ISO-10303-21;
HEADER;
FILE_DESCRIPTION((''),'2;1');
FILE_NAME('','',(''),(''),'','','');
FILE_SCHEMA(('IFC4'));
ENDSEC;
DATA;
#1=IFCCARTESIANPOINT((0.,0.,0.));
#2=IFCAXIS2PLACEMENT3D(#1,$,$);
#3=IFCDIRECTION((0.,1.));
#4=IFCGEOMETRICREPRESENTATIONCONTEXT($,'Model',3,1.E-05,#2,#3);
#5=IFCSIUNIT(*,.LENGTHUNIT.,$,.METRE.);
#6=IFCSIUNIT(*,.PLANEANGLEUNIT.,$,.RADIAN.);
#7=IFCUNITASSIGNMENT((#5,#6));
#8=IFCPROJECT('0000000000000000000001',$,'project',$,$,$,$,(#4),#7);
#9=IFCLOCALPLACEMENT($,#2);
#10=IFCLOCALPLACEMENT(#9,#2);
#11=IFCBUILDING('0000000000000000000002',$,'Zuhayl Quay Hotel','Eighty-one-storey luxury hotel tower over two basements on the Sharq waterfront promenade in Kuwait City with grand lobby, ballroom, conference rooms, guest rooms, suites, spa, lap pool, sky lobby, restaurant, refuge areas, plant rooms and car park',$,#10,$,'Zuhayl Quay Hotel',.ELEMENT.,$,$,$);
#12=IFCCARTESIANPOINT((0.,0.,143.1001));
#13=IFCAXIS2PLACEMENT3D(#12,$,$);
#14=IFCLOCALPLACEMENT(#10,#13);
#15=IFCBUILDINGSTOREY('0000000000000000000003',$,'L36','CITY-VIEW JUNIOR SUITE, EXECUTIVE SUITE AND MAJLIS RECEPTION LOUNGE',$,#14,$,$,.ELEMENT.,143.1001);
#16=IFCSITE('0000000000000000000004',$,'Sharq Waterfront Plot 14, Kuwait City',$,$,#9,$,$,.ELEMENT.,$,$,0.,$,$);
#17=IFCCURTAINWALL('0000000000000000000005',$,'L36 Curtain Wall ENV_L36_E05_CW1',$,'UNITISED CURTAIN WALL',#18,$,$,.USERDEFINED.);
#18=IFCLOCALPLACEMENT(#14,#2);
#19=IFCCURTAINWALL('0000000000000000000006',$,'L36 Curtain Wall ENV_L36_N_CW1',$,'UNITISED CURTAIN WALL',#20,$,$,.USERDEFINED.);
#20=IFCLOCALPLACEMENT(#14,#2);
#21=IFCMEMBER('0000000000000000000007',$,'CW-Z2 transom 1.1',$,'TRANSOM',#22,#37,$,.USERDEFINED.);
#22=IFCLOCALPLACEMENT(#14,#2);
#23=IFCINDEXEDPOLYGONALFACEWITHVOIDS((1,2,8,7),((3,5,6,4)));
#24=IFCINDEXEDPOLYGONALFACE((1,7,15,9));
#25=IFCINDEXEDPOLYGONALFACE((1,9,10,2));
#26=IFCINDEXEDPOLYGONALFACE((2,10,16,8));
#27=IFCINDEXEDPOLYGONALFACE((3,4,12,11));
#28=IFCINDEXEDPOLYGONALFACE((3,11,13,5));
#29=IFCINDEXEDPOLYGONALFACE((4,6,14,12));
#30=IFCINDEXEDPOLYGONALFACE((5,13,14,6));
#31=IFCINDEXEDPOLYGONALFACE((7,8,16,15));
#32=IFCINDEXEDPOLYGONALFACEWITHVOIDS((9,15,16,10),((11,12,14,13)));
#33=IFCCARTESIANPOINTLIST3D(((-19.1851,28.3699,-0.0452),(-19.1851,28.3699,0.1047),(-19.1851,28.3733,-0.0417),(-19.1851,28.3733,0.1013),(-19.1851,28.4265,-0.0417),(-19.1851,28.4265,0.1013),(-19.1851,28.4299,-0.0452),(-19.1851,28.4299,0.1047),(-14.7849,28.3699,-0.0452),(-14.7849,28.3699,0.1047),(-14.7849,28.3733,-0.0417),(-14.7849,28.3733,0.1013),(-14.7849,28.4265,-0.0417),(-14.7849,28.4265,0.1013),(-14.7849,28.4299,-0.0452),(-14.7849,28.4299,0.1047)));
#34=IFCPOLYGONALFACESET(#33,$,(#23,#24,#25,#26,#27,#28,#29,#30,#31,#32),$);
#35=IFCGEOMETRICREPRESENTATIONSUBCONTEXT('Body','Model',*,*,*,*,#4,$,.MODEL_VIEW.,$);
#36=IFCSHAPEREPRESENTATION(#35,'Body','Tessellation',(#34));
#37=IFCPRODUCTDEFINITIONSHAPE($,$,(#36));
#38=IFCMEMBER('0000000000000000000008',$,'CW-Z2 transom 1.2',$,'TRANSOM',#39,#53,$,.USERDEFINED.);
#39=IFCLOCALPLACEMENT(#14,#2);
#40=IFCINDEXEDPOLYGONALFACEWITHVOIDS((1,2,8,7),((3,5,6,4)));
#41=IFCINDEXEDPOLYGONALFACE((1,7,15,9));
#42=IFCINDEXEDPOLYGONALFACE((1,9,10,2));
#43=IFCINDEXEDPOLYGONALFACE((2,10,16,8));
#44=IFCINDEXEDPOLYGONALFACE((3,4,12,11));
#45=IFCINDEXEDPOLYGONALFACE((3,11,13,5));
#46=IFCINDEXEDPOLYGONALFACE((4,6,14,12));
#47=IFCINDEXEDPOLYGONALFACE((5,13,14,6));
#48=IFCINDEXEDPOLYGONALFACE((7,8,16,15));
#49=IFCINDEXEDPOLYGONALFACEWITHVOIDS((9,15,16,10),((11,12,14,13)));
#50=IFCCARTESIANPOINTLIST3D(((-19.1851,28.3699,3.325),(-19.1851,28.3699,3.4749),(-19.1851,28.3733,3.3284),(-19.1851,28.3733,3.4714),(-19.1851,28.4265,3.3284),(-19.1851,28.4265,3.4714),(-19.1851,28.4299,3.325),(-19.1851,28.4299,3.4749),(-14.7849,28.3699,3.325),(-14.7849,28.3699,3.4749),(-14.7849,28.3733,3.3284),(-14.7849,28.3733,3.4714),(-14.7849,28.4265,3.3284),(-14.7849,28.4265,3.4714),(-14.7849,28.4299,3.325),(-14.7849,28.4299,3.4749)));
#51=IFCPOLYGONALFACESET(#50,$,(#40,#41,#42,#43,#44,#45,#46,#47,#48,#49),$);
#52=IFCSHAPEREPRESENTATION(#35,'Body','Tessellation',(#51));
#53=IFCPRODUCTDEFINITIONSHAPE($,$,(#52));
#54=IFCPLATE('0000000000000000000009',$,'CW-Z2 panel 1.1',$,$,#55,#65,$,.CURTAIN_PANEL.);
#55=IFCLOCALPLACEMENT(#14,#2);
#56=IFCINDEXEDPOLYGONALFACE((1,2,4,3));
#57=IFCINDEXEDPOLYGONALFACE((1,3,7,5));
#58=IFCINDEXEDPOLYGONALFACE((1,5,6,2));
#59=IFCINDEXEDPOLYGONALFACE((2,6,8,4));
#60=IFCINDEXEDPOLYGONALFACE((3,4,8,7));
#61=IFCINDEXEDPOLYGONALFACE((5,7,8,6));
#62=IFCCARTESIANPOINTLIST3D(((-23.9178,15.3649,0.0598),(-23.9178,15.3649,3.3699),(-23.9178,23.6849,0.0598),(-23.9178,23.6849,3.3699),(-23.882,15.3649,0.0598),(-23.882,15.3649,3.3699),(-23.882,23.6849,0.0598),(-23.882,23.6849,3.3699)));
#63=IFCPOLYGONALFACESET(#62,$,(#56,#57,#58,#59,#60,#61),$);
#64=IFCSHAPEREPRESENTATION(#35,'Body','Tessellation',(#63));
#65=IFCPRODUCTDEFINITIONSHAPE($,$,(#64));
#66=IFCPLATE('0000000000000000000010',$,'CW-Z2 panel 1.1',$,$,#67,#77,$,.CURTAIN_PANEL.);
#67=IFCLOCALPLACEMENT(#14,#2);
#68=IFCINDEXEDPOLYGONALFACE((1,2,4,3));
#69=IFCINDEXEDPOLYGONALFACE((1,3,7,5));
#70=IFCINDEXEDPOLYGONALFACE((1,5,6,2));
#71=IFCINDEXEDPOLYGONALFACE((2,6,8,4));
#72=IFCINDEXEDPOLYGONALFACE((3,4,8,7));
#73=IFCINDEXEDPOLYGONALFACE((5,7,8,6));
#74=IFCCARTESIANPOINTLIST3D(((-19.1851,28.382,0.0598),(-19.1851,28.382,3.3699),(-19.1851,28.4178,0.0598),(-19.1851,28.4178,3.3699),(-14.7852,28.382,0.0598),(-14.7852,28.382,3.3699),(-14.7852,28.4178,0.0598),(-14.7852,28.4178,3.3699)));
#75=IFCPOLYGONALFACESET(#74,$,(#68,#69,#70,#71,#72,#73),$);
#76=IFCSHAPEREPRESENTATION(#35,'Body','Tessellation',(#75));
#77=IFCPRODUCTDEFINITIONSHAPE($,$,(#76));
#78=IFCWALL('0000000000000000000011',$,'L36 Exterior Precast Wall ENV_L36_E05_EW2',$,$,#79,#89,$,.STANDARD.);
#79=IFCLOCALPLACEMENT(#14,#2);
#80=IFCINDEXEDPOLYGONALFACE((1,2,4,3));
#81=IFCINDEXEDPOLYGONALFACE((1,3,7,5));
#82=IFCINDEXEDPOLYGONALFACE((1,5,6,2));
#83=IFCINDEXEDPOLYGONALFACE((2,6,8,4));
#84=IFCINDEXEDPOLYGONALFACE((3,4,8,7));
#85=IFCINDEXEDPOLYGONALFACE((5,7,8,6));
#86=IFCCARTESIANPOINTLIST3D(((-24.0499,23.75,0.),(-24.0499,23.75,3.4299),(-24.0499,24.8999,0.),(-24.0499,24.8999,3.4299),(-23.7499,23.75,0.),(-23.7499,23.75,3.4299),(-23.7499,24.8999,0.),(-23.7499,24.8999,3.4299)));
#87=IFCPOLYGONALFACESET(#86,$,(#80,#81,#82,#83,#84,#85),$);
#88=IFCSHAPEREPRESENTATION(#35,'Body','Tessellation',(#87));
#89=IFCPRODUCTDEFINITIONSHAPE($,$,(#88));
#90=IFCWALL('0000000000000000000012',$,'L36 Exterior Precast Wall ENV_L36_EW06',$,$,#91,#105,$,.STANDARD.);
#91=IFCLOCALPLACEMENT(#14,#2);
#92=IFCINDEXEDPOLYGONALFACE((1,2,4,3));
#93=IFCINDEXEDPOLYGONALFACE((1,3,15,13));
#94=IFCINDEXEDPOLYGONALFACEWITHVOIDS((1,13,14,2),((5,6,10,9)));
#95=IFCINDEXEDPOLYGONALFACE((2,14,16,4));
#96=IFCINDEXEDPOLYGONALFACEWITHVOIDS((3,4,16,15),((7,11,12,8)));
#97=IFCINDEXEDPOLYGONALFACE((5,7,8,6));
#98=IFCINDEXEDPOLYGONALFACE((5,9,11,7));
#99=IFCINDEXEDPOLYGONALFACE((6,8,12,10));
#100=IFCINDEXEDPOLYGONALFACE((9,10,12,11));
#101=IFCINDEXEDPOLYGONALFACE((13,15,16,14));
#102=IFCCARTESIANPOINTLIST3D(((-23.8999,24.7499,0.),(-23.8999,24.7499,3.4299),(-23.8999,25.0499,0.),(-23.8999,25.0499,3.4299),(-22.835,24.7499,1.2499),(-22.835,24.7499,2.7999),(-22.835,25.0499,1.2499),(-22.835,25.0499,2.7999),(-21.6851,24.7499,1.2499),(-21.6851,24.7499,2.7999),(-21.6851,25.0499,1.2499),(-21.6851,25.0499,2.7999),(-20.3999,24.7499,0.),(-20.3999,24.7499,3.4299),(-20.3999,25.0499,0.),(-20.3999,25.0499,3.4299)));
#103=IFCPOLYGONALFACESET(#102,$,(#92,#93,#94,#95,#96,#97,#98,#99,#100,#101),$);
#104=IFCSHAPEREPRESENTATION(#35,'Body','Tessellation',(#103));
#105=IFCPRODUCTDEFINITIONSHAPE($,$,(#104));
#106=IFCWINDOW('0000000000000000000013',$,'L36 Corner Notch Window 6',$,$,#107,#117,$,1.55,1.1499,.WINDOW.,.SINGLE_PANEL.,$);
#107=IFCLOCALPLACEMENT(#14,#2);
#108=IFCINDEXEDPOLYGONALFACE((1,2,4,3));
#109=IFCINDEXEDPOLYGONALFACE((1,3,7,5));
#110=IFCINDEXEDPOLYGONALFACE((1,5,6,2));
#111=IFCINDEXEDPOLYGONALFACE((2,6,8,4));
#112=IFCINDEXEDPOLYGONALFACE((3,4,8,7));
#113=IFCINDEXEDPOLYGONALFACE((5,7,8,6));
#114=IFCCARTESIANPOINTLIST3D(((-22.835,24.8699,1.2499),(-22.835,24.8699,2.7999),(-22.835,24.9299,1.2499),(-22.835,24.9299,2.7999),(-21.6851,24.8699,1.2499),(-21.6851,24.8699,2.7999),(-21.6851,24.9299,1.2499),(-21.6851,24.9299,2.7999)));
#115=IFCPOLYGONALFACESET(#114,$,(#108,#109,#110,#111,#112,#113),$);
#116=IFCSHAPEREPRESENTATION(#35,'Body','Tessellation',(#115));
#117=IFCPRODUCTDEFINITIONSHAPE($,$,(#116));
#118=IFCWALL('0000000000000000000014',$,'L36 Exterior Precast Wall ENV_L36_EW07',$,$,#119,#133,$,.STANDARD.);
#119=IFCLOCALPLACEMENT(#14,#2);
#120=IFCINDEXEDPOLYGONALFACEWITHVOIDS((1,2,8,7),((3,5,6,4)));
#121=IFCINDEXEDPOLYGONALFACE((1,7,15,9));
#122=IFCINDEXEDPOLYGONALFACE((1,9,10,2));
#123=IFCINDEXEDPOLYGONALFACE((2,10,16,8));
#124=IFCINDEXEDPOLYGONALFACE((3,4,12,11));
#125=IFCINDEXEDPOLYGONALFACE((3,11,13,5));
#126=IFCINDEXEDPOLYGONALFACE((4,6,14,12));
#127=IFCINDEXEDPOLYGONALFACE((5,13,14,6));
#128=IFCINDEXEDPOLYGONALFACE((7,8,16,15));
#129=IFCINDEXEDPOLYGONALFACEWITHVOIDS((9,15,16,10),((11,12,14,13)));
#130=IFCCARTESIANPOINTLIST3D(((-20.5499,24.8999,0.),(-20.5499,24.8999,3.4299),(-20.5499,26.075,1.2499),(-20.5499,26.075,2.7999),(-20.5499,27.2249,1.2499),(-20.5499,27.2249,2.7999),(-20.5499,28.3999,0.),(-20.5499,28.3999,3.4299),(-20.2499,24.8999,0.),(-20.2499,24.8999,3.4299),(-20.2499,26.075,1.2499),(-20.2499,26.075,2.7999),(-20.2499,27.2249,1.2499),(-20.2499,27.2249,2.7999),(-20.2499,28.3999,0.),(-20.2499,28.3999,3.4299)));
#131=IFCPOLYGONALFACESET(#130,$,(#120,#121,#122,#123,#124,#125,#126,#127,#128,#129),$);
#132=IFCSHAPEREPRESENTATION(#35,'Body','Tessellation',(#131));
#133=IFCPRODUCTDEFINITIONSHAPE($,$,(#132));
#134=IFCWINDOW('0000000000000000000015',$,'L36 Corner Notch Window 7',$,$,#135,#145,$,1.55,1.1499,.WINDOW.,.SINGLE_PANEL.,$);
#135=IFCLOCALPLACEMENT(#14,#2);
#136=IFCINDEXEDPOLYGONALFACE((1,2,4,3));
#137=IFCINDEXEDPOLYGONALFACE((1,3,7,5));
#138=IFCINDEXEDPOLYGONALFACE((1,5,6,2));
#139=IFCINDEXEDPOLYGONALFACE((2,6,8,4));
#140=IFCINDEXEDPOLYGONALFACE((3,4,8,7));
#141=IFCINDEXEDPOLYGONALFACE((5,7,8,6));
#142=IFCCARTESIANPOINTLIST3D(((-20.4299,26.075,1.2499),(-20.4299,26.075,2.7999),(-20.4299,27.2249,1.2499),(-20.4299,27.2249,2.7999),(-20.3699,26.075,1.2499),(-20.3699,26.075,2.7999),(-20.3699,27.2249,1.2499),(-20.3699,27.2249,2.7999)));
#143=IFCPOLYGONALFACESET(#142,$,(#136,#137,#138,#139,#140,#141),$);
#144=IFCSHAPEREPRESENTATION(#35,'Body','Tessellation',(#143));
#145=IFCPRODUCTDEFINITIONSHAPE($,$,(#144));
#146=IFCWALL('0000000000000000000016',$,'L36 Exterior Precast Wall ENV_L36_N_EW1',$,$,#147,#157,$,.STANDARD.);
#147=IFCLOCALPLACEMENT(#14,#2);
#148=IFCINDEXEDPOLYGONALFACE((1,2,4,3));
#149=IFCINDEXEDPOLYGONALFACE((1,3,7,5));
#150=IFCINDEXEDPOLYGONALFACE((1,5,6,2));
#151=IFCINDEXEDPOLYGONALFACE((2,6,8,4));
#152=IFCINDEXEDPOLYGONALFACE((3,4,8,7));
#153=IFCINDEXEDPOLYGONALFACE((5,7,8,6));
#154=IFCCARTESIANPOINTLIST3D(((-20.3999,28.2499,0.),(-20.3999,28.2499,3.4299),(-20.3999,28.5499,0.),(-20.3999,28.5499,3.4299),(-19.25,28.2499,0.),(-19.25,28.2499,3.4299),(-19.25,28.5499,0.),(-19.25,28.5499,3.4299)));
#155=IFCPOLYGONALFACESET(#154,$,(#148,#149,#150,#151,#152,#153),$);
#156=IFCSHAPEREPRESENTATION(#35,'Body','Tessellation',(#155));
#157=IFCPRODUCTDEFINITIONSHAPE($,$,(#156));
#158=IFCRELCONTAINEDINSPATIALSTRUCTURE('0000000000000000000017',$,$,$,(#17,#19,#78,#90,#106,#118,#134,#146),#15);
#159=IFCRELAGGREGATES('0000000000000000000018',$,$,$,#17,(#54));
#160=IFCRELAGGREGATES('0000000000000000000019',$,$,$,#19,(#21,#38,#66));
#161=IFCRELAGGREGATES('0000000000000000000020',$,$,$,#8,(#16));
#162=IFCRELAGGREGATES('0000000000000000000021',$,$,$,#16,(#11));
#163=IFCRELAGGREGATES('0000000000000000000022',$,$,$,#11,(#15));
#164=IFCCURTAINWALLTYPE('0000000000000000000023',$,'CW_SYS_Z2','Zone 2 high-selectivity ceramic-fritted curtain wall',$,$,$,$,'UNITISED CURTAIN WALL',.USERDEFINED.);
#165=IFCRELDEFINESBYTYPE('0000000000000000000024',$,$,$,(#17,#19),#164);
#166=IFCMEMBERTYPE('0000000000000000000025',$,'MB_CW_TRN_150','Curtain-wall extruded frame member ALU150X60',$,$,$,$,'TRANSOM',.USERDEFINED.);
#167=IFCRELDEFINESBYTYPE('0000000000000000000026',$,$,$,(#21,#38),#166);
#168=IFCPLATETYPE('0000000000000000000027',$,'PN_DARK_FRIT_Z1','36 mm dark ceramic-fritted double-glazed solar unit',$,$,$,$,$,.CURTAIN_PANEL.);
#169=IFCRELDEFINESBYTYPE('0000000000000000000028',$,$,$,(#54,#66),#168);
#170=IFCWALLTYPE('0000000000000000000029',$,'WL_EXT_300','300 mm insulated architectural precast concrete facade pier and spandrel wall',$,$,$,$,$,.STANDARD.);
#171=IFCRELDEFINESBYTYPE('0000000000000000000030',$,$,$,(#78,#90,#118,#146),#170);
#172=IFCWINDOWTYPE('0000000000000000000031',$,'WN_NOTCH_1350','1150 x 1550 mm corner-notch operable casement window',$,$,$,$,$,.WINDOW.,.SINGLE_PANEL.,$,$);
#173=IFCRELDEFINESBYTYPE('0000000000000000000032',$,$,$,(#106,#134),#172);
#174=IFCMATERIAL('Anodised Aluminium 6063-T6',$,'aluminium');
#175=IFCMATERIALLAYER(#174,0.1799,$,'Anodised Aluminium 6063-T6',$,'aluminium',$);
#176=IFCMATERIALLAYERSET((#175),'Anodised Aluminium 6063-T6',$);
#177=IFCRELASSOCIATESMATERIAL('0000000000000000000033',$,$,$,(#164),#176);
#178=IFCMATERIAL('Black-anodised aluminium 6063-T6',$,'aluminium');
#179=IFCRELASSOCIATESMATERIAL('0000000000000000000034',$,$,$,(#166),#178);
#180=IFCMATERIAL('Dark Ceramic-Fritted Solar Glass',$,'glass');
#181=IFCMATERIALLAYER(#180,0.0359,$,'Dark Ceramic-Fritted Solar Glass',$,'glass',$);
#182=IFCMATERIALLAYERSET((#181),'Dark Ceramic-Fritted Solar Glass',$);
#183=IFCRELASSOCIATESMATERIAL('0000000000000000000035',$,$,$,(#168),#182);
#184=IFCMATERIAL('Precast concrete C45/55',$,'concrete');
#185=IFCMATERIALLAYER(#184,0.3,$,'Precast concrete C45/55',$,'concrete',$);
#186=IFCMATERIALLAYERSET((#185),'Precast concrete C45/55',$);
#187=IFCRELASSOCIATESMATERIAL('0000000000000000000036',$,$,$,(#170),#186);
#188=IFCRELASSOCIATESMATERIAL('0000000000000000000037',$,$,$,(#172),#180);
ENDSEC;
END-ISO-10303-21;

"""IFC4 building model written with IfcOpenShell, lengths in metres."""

from ifc_helpers import new_model, si_unit, direction, frame, frame_2d, origin, origin_2d, place, context, subcontext, project, spatial, rectangle, hollow_rectangle, extrude, material, layer, layer_set, material_profile, profile_set, type_object, element, fill, aggregate, save


model = new_model("IFC4")

# Units and contexts
model_context = context("Model", 3, precision=1e-05, world=origin(), true_north=direction((0.0, 1.0)))
body_context = subcontext(model_context, "Body", "Model", "MODEL_VIEW")
ifc_project = project(units=[si_unit("LENGTHUNIT", "METRE"), si_unit("PLANEANGLEUNIT", "RADIAN")], contexts=[model_context])

# Site, building, storey
site_placement = place(None, origin())
site = spatial("IfcSite", under=ifc_project, at=site_placement, Name="Sharq Waterfront Plot 14, Kuwait City", CompositionType="ELEMENT", RefElevation=0.0)
building_placement = place(site_placement, origin())
building = spatial("IfcBuilding", under=site, at=building_placement, Name="Zuhayl Quay Hotel", Description="Eighty-one-storey luxury hotel tower over two basements on the Sharq waterfront promenade in Kuwait City with grand lobby, ballroom, conference rooms, guest rooms, suites, spa, lap pool, sky lobby, restaurant, refuge areas, plant rooms and car park", LongName="Zuhayl Quay Hotel", CompositionType="ELEMENT")
storey_placement = place(building_placement, frame((0.0, 0.0, 143.1001)))
storey = spatial("IfcBuildingStorey", under=building, at=storey_placement, Name="L36", Description="CITY-VIEW JUNIOR SUITE, EXECUTIVE SUITE AND MAJLIS RECEPTION LOUNGE", CompositionType="ELEMENT", Elevation=143.1001)

# Curtain wall
ifc_material_1 = material(Name="Anodised Aluminium 6063-T6", Category="aluminium")
ifc_layer_1 = layer(ifc_material_1, 0.1799, Name="Anodised Aluminium 6063-T6", Category="aluminium")
ifc_layer_set_1 = layer_set([ifc_layer_1], Name="Anodised Aluminium 6063-T6")
curtain_wall_type = type_object("IfcCurtainWallType", Name="CW_SYS_Z2", Description="Zone 2 high-selectivity ceramic-fritted curtain wall", ElementType="UNITISED CURTAIN WALL", PredefinedType="USERDEFINED", material=ifc_layer_set_1)
curtain_wall_1_placement = place(storey_placement, origin())
curtain_wall_1 = element("IfcCurtainWall", 1, at=curtain_wall_1_placement, inside=storey, type_object=curtain_wall_type, Name="L36 Curtain Wall ENV_L36_E05_CW1", ObjectType="UNITISED CURTAIN WALL", PredefinedType="USERDEFINED")
ifc_material_2 = material(Name="Black-anodised aluminium 6063-T6", Category="aluminium")

# Curtain wall
curtain_wall_2_placement = place(storey_placement, origin())
curtain_wall_2 = element("IfcCurtainWall", 2, at=curtain_wall_2_placement, inside=storey, type_object=curtain_wall_type, Name="L36 Curtain Wall ENV_L36_N_CW1", ObjectType="UNITISED CURTAIN WALL", PredefinedType="USERDEFINED")

# Members
ifc_material_profile_1 = material_profile(ifc_material_2, hollow_rectangle(XDim=0.0601, YDim=0.1499, WallThickness=0.0034, at=origin_2d()), Name="ALU150X60")
ifc_profile_set_1 = profile_set([ifc_material_profile_1], Name="Black-anodised aluminium 6063-T6")
member_type_1 = type_object("IfcMemberType", Name="MB_CW_TRN_150", Description="Curtain-wall extruded frame member ALU150X60", ElementType="TRANSOM", PredefinedType="USERDEFINED", material=ifc_profile_set_1)
member_1_placement = place(storey_placement, frame((-19.1851, 28.3999, 0.0298), z_axis=(1.0, 0.0, 0.0), x_axis=(0.0, 1.0, 0.0)))
member_1 = element("IfcMember", 3, at=member_1_placement, type_object=member_type_1, Name="CW-Z2 transom 1.1", ObjectType="TRANSOM", PredefinedType="USERDEFINED", context=body_context, shape_type="SweptSolid", body=[
    extrude(hollow_rectangle(XDim=0.0601, YDim=0.1499, WallThickness=0.0034, at=origin_2d()), origin(), (0.0, 0.0, 1.0), 4.4001),
])
member_2_placement = place(storey_placement, frame((-19.1851, 28.3999, 3.3999), z_axis=(1.0, 0.0, 0.0), x_axis=(0.0, 1.0, 0.0)))
member_2 = element("IfcMember", 4, at=member_2_placement, type_object=member_type_1, Name="CW-Z2 transom 1.2", ObjectType="TRANSOM", PredefinedType="USERDEFINED", context=body_context, shape_type="SweptSolid", body=[
    extrude(hollow_rectangle(XDim=0.0601, YDim=0.1499, WallThickness=0.0034, at=origin_2d()), origin(), (0.0, 0.0, 1.0), 4.4001),
])

# Plates
ifc_material_3 = material(Name="Dark Ceramic-Fritted Solar Glass", Category="glass")
ifc_layer_2 = layer(ifc_material_3, 0.0359, Name="Dark Ceramic-Fritted Solar Glass", Category="glass")
ifc_layer_set_2 = layer_set([ifc_layer_2], Name="Dark Ceramic-Fritted Solar Glass")
plate_type = type_object("IfcPlateType", Name="PN_DARK_FRIT_Z1", Description="36 mm dark ceramic-fritted double-glazed solar unit", PredefinedType="CURTAIN_PANEL", material=ifc_layer_set_2)
plate_1_placement = place(storey_placement, frame((-23.8999, 19.5249, 0.0598), z_axis=(0.0, 0.0, 1.0), x_axis=(0.0, 1.0, 0.0)))
plate_1 = element("IfcPlate", 5, at=plate_1_placement, type_object=plate_type, Name="CW-Z2 panel 1.1", PredefinedType="CURTAIN_PANEL", context=body_context, shape_type="SweptSolid", body=[
    extrude(rectangle(XDim=8.3201, YDim=0.0359, at=origin_2d()), origin(), (0.0, 0.0, 1.0), 3.3101),
])
aggregate(curtain_wall_1, [plate_1])
plate_2_placement = place(storey_placement, frame((-16.9851, 28.3999, 0.0598), z_axis=(0.0, 0.0, 1.0), x_axis=(1.0, 0.0, 0.0)))
plate_2 = element("IfcPlate", 6, at=plate_2_placement, type_object=plate_type, Name="CW-Z2 panel 1.1", PredefinedType="CURTAIN_PANEL", context=body_context, shape_type="SweptSolid", body=[
    extrude(rectangle(XDim=4.3999, YDim=0.0359, at=origin_2d()), origin(), (0.0, 0.0, 1.0), 3.3101),
])
aggregate(curtain_wall_2, [member_1, member_2, plate_2])

# Wall
ifc_material_4 = material(Name="Precast concrete C45/55", Category="concrete")
ifc_layer_3 = layer(ifc_material_4, 0.3, Name="Precast concrete C45/55", Category="concrete")
ifc_layer_set_3 = layer_set([ifc_layer_3], Name="Precast concrete C45/55")
wall_type_1 = type_object("IfcWallType", Name="WL_EXT_300", Description="300 mm insulated architectural precast concrete facade pier and spandrel wall", PredefinedType="STANDARD", material=ifc_layer_set_3)
wall_1_placement = place(storey_placement, frame((-23.8999, 23.75, 0.0), z_axis=(0.0, 0.0, 1.0), x_axis=(0.0, 1.0, 0.0)))
element("IfcWall", 7, at=wall_1_placement, inside=storey, type_object=wall_type_1, Name="L36 Exterior Precast Wall ENV_L36_E05_EW2", PredefinedType="STANDARD", context=body_context, shape_type="SweptSolid", body=[
    extrude(rectangle(XDim=1.1499, YDim=0.3, at=frame_2d((0.575, 0.0))), origin(), (0.0, 0.0, 1.0), 3.4299),
])

# Walls, openings, windows
wall_2_placement = place(storey_placement, frame((-23.8999, 24.8999, 0.0), z_axis=(0.0, 0.0, 1.0), x_axis=(1.0, 0.0, 0.0)))
wall_2 = element("IfcWall", 8, at=wall_2_placement, inside=storey, type_object=wall_type_1, Name="L36 Exterior Precast Wall ENV_L36_EW06", PredefinedType="STANDARD", context=body_context, shape_type="SweptSolid", body=[
    extrude(rectangle(XDim=3.5, YDim=0.3, at=frame_2d((1.75, 0.0))), origin(), (0.0, 0.0, 1.0), 3.4299),
])
opening_1_placement = place(wall_2_placement, frame((1.0649, 0.0, 1.25)))
opening_1 = element("IfcOpeningElement", 9, at=opening_1_placement, cuts=wall_2, PredefinedType="OPENING", context=body_context, shape_type="SweptSolid", body=[
    extrude(rectangle(XDim=1.1499, YDim=1.55, at=frame_2d((0.575, 0.7749))), frame((0.0, 0.1599, 0.0), z_axis=(0.0, -1.0, 0.0), x_axis=(1.0, 0.0, 0.0)), (0.0, 0.0, 1.0), 0.3201),
])
window_type_1 = type_object("IfcWindowType", Name="WN_NOTCH_1350", Description="1150 x 1550 mm corner-notch operable casement window", PartitioningType="SINGLE_PANEL", PredefinedType="WINDOW", material=ifc_material_3)
window_1_placement = place(opening_1_placement, origin())
window_1 = element("IfcWindow", 10, at=window_1_placement, inside=storey, type_object=window_type_1, Name="L36 Corner Notch Window 6", OverallHeight=1.55, OverallWidth=1.1499, PartitioningType="SINGLE_PANEL", PredefinedType="WINDOW", context=body_context, shape_type="SweptSolid", body=[
    extrude(rectangle(XDim=1.1499, YDim=1.55, at=frame_2d((0.575, 0.7749))), frame((0.0, 0.03, 0.0), z_axis=(0.0, -1.0, 0.0), x_axis=(1.0, 0.0, 0.0)), (0.0, 0.0, 1.0), 0.0601),
])
fill(opening_1, window_1)
wall_3_placement = place(storey_placement, frame((-20.3999, 24.8999, 0.0), z_axis=(0.0, 0.0, 1.0), x_axis=(0.0, 1.0, 0.0)))
wall_3 = element("IfcWall", 11, at=wall_3_placement, inside=storey, type_object=wall_type_1, Name="L36 Exterior Precast Wall ENV_L36_EW07", PredefinedType="STANDARD", context=body_context, shape_type="SweptSolid", body=[
    extrude(rectangle(XDim=3.5, YDim=0.3, at=frame_2d((1.75, 0.0))), origin(), (0.0, 0.0, 1.0), 3.4299),
])
opening_2_placement = place(wall_3_placement, frame((1.175, 0.0, 1.25)))
opening_2 = element("IfcOpeningElement", 12, at=opening_2_placement, cuts=wall_3, PredefinedType="OPENING", context=body_context, shape_type="SweptSolid", body=[
    extrude(rectangle(XDim=1.1499, YDim=1.55, at=frame_2d((0.575, 0.7749))), frame((0.0, 0.1599, 0.0), z_axis=(0.0, -1.0, 0.0), x_axis=(1.0, 0.0, 0.0)), (0.0, 0.0, 1.0), 0.3201),
])
window_2_placement = place(opening_2_placement, origin())
window_2 = element("IfcWindow", 13, at=window_2_placement, inside=storey, type_object=window_type_1, Name="L36 Corner Notch Window 7", OverallHeight=1.55, OverallWidth=1.1499, PartitioningType="SINGLE_PANEL", PredefinedType="WINDOW", context=body_context, shape_type="SweptSolid", body=[
    extrude(rectangle(XDim=1.1499, YDim=1.55, at=frame_2d((0.575, 0.7749))), frame((0.0, 0.03, 0.0), z_axis=(0.0, -1.0, 0.0), x_axis=(1.0, 0.0, 0.0)), (0.0, 0.0, 1.0), 0.0601),
])
fill(opening_2, window_2)

# Wall
wall_4_placement = place(storey_placement, frame((-20.3999, 28.3999, 0.0), z_axis=(0.0, 0.0, 1.0), x_axis=(1.0, 0.0, 0.0)))
element("IfcWall", 14, at=wall_4_placement, inside=storey, type_object=wall_type_1, Name="L36 Exterior Precast Wall ENV_L36_N_EW1", PredefinedType="STANDARD", context=body_context, shape_type="SweptSolid", body=[
    extrude(rectangle(XDim=1.1499, YDim=0.3, at=frame_2d((0.575, 0.0))), origin(), (0.0, 0.0, 1.0), 3.4299),
])

save(model, "model.ifc")
